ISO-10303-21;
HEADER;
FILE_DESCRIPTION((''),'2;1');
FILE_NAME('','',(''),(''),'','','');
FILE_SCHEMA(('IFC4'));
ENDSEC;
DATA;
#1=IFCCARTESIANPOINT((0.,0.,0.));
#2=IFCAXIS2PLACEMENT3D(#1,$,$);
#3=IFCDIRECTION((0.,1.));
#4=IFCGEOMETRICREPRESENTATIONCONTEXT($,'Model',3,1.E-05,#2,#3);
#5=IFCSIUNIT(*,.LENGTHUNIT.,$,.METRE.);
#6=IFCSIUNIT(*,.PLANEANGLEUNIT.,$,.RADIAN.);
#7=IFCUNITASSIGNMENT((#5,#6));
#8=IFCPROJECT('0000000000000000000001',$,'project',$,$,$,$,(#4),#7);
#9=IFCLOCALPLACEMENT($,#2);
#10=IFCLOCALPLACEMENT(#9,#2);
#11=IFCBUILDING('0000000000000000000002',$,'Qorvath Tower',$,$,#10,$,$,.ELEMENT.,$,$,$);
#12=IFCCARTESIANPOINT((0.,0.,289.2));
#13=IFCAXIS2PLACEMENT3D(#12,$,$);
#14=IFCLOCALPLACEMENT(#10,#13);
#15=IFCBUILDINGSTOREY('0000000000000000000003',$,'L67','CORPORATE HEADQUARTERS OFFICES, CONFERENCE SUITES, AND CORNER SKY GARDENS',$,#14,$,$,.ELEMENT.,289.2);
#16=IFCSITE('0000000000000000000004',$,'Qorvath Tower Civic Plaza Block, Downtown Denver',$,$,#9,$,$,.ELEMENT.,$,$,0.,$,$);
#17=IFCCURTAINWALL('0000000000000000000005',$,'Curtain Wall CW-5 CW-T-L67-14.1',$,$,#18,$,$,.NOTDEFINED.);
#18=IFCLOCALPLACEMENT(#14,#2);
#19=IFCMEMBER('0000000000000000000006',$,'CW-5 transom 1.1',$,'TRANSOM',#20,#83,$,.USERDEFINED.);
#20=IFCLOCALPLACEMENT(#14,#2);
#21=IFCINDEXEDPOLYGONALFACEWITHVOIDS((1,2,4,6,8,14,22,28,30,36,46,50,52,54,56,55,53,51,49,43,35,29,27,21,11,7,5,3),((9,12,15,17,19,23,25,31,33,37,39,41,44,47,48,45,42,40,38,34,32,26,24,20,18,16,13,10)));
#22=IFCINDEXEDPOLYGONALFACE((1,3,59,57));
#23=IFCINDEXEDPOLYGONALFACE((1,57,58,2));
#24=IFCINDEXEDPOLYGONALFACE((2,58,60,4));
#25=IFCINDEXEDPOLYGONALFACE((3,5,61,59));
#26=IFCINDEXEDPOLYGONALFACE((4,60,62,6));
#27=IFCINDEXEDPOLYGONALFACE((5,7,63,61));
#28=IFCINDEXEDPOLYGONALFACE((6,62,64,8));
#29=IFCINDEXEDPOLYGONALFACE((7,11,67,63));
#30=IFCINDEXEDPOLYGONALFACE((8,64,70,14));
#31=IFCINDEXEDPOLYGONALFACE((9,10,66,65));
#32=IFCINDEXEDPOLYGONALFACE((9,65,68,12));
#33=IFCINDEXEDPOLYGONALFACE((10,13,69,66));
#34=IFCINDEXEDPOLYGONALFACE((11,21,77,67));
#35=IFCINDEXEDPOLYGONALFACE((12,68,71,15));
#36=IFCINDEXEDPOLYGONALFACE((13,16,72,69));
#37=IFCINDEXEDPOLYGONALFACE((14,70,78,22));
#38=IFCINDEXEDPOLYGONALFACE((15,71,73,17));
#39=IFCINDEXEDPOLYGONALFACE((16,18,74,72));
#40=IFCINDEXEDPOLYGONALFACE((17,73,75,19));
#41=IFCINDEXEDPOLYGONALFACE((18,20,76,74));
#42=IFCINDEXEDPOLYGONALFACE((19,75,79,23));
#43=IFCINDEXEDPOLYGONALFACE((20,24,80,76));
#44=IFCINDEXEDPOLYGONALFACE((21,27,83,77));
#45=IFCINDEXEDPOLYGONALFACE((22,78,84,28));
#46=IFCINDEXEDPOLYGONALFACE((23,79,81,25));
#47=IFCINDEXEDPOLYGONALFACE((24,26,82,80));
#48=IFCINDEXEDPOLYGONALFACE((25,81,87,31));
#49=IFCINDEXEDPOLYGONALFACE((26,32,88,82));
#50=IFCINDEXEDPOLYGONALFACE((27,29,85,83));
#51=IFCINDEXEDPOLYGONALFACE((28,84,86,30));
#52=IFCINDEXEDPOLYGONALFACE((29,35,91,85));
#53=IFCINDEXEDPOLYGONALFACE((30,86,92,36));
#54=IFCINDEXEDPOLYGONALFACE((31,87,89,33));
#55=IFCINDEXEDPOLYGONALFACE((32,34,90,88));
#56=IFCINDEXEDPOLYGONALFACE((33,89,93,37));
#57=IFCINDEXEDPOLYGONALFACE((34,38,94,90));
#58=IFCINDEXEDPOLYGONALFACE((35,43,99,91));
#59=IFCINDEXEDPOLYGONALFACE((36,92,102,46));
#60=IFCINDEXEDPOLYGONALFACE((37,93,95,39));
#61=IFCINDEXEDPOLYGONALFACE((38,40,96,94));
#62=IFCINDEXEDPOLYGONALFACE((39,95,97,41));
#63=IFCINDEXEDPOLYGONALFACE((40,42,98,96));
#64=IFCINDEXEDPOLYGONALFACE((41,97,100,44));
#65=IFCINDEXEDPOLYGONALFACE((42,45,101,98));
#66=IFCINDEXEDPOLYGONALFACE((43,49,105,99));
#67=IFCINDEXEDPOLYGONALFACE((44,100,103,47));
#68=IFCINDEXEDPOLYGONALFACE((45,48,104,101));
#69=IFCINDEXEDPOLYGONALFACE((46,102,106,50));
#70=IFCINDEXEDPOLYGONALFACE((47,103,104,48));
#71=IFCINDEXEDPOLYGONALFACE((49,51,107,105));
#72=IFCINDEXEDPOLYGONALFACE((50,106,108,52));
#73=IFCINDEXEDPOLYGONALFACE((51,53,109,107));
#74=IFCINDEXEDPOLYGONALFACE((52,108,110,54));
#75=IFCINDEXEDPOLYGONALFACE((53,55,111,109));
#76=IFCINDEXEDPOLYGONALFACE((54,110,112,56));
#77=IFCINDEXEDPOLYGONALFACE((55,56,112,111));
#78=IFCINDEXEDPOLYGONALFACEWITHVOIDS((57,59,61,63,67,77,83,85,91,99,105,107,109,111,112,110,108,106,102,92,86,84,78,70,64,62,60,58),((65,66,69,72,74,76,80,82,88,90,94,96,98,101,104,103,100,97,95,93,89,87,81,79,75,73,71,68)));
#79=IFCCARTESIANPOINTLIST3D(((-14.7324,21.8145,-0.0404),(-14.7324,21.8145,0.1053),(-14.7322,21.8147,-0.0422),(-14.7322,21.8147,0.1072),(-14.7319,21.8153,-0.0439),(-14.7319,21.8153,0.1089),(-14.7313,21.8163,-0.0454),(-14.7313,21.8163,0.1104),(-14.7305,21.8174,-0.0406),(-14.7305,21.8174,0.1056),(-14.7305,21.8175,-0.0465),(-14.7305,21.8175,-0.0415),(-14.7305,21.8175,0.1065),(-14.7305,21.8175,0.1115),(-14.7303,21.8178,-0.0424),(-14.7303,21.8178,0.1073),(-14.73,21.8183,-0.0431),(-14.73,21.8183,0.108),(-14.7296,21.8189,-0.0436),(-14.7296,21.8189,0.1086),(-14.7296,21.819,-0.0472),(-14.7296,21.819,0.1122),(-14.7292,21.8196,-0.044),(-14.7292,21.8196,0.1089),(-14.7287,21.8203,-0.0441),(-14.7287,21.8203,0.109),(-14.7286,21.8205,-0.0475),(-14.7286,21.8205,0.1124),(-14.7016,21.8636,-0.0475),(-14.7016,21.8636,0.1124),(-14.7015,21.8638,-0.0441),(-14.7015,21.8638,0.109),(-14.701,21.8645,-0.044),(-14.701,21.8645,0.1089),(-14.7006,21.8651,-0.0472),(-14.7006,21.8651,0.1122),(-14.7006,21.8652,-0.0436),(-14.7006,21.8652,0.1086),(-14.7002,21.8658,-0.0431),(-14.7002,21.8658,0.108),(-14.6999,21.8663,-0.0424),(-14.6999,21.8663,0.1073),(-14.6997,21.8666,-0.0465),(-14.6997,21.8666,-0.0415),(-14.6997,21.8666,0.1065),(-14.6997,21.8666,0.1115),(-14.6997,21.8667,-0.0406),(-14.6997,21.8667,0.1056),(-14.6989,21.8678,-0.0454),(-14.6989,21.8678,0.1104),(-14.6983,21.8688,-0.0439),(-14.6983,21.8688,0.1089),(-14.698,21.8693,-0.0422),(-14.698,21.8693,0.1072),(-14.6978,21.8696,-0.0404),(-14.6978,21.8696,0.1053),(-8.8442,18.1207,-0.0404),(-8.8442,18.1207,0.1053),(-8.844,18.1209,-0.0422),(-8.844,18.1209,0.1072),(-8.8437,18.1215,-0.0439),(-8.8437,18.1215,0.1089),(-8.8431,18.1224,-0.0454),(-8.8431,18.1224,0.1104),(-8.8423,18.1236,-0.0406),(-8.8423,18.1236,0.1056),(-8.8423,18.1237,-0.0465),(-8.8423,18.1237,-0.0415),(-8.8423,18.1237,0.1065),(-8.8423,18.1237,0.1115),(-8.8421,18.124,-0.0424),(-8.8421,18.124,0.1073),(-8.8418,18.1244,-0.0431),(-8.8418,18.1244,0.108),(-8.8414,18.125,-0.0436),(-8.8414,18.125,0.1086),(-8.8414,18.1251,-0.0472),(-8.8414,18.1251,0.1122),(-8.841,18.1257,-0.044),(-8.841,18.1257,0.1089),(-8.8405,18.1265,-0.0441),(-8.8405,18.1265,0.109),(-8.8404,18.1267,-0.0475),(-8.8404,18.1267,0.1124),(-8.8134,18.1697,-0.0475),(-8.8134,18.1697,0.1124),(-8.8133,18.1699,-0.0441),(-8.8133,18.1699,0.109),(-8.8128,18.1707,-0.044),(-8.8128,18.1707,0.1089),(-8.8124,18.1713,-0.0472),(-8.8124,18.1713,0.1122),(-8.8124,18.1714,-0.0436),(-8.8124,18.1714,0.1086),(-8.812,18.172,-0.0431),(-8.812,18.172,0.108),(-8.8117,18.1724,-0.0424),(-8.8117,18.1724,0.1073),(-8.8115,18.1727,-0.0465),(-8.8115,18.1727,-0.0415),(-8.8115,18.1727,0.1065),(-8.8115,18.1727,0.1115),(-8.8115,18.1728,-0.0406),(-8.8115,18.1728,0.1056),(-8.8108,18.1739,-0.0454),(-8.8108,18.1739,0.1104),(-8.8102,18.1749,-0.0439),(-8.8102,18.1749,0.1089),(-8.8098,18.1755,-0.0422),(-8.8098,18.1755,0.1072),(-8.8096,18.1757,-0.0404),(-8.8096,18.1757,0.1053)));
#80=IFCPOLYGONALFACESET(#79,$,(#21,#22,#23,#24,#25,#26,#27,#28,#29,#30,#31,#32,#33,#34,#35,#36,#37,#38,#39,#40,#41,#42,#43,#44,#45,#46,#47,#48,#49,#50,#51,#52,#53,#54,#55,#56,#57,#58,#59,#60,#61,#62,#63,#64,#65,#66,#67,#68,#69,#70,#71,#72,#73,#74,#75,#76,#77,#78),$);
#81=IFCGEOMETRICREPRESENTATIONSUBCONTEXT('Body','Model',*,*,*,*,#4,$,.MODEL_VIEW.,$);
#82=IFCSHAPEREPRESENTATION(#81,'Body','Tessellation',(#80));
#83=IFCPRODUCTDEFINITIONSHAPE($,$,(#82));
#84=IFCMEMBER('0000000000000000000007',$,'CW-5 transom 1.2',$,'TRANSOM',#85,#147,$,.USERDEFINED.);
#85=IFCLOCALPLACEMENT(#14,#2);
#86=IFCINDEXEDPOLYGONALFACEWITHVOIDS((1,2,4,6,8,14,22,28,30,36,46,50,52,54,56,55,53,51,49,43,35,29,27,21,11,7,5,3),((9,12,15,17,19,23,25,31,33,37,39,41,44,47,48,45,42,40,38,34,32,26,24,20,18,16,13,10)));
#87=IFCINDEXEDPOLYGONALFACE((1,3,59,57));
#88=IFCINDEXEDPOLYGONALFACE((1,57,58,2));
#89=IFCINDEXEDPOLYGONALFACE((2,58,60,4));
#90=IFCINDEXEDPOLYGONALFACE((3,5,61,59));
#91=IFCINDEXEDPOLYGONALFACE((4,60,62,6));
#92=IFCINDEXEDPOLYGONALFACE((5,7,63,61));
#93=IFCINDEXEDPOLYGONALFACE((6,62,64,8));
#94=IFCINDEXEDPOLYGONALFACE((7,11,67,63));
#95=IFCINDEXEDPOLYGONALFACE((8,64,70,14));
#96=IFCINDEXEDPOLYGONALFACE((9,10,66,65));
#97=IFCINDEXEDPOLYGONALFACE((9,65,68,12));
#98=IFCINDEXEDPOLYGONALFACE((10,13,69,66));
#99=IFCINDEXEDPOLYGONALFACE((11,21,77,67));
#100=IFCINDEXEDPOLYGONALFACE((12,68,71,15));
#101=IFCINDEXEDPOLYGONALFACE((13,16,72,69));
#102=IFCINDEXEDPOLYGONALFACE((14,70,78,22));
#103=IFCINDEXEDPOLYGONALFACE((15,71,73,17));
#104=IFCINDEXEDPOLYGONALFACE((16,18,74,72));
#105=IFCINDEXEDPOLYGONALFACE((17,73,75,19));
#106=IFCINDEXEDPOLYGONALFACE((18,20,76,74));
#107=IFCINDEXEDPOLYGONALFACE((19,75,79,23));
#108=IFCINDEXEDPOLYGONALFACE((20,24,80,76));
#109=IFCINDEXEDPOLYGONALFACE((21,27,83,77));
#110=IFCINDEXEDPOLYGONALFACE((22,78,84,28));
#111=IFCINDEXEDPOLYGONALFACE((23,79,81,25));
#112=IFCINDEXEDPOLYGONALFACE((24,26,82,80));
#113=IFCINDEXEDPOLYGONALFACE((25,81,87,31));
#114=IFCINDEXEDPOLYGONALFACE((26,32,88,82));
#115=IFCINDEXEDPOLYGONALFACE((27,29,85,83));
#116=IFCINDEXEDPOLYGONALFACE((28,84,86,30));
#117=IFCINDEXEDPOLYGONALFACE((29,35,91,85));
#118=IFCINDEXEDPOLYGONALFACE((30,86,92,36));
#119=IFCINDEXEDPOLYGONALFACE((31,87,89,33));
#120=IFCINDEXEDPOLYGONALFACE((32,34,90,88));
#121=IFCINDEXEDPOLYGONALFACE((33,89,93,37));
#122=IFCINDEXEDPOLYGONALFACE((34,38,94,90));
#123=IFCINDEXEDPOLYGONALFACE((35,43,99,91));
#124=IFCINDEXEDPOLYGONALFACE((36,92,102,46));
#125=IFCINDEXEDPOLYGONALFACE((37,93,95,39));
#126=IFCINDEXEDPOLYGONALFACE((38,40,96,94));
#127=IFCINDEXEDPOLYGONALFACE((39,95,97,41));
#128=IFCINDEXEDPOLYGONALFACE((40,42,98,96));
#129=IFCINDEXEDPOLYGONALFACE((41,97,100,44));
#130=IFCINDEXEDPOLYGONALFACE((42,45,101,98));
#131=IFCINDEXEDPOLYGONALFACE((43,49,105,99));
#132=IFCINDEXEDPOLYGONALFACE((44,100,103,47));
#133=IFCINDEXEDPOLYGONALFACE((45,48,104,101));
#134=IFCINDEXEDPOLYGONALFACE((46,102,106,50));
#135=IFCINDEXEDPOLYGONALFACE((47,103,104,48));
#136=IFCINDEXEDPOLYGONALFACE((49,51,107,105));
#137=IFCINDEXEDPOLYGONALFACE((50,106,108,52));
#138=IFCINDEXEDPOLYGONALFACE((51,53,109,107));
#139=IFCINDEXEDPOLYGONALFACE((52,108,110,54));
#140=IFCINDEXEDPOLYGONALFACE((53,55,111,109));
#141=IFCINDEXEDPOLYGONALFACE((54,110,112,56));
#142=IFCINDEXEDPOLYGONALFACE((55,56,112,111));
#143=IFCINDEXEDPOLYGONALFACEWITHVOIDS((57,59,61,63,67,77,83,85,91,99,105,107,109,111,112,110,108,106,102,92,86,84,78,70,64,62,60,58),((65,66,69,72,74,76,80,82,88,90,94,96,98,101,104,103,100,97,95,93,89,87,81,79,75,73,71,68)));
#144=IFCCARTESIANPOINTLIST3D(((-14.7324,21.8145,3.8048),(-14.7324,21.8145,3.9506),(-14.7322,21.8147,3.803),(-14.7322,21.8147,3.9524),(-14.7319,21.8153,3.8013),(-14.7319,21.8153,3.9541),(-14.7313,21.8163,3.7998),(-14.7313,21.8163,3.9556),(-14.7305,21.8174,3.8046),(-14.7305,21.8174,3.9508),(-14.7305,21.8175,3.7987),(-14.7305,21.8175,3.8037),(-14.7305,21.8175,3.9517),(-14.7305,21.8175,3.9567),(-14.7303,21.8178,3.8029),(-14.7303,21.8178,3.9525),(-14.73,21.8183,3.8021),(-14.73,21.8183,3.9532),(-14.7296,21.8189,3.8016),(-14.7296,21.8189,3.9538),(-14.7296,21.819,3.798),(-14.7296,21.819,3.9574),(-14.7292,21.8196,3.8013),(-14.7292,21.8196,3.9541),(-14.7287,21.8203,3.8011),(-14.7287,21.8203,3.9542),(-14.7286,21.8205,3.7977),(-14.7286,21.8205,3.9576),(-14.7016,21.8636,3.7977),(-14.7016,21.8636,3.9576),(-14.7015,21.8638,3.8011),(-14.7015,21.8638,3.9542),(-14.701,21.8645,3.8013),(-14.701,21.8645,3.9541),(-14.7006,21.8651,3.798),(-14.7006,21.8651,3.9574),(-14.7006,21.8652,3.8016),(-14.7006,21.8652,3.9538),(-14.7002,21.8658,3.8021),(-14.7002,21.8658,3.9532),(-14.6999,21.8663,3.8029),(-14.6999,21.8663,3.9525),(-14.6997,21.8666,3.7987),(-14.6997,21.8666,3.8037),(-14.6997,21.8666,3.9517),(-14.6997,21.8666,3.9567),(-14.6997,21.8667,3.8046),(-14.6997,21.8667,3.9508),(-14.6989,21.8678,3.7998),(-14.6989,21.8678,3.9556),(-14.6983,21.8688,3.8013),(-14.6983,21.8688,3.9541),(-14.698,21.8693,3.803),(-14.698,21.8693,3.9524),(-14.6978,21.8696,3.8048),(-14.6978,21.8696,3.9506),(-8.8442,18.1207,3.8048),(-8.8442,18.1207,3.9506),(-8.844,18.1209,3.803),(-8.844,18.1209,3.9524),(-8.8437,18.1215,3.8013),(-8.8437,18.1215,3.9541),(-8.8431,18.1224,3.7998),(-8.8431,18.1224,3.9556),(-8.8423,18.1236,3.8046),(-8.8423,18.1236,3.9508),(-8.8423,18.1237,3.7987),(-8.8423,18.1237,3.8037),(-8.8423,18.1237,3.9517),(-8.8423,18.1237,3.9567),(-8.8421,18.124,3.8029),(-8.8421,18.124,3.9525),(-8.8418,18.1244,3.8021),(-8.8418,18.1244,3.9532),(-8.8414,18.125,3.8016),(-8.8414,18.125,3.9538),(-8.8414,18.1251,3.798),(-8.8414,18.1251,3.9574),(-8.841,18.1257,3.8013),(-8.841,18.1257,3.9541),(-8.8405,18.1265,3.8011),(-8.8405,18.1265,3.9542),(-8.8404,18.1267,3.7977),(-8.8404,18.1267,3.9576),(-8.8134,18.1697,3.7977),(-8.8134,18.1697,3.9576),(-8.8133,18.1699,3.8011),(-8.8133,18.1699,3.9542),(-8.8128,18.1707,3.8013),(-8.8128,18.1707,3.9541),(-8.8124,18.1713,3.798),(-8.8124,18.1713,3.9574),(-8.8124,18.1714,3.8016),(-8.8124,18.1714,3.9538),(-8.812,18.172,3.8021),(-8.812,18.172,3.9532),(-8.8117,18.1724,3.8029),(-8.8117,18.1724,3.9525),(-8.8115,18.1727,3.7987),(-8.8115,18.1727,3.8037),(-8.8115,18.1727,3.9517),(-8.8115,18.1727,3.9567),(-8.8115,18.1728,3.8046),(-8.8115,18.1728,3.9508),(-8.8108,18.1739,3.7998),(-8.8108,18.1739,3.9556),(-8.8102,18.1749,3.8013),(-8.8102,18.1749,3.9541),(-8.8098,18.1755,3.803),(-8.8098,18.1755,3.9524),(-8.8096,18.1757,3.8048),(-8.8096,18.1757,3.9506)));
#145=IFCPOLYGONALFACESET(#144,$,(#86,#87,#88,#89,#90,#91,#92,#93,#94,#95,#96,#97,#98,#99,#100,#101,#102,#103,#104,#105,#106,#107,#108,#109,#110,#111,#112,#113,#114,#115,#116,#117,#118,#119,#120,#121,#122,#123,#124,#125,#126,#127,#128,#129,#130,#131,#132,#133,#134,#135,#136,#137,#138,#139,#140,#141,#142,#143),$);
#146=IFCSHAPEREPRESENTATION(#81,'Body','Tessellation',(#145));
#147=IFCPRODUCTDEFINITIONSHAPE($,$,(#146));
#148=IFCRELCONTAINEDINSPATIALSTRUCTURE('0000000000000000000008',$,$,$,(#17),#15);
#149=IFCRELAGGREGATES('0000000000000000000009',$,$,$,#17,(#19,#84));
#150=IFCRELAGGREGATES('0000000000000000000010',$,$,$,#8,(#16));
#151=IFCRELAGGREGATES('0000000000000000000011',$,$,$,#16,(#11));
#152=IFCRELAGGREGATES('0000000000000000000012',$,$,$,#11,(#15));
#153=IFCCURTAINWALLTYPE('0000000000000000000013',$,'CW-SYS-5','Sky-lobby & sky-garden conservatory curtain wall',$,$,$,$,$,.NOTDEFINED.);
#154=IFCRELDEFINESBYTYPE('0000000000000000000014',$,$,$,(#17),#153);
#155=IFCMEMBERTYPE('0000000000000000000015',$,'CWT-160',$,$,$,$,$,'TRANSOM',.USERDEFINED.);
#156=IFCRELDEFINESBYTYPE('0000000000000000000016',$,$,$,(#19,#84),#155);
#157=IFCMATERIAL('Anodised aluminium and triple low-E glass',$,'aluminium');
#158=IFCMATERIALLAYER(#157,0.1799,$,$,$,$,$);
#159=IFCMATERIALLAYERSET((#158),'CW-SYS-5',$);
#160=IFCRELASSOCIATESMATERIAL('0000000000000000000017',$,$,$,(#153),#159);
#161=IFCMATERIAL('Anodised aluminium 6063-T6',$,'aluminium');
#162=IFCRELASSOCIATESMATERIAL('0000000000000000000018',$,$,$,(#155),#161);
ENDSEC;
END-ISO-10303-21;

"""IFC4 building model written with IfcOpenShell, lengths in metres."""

from ifc_helpers import new_model, si_unit, direction, frame, origin, origin_2d, place, context, subcontext, project, spatial, hollow_rectangle, extrude, material, layer, layer_set, material_profile, profile_set, type_object, element, aggregate, save


model = new_model("IFC4")

# Units and contexts
model_context = context("Model", 3, precision=1e-05, world=origin(), true_north=direction((0.0, 1.0)))
body_context = subcontext(model_context, "Body", "Model", "MODEL_VIEW")
ifc_project = project(units=[si_unit("LENGTHUNIT", "METRE"), si_unit("PLANEANGLEUNIT", "RADIAN")], contexts=[model_context])

# Site, building, storey
site_placement = place(None, origin())
site = spatial("IfcSite", under=ifc_project, at=site_placement, Name="Qorvath Tower Civic Plaza Block, Downtown Denver", CompositionType="ELEMENT", RefElevation=0.0)
building_placement = place(site_placement, origin())
building = spatial("IfcBuilding", under=site, at=building_placement, Name="Qorvath Tower", CompositionType="ELEMENT")
storey_placement = place(building_placement, frame((0.0, 0.0, 289.2)))
storey = spatial("IfcBuildingStorey", under=building, at=storey_placement, Name="L67", Description="CORPORATE HEADQUARTERS OFFICES, CONFERENCE SUITES, AND CORNER SKY GARDENS", CompositionType="ELEMENT", Elevation=289.2)

# Shared definitions
ifc_material_1 = material(Name="Anodised aluminium and triple low-E glass", Category="aluminium")
ifc_layer_1 = layer(ifc_material_1, 0.1799)
ifc_layer_set_1 = layer_set([ifc_layer_1], Name="CW-SYS-5")
curtain_wall_type = type_object("IfcCurtainWallType", Name="CW-SYS-5", Description="Sky-lobby & sky-garden conservatory curtain wall", PredefinedType="NOTDEFINED", material=ifc_layer_set_1)

# Curtain wall
curtain_wall_1_placement = place(storey_placement, origin())
curtain_wall_1 = element("IfcCurtainWall", 1, at=curtain_wall_1_placement, inside=storey, type_object=curtain_wall_type, Name="Curtain Wall CW-5 CW-T-L67-14.1", PredefinedType="NOTDEFINED")

# Members
ifc_material_2 = material(Name="Anodised aluminium 6063-T6", Category="aluminium")
ifc_material_profile_1 = material_profile(ifc_material_2, hollow_rectangle(XDim=0.0649, YDim=0.1599, WallThickness=0.0034, InnerFilletRadius=0.0034, OuterFilletRadius=0.0071, at=origin_2d()), Name="CWT 160x65")
ifc_profile_set_1 = profile_set([ifc_material_profile_1], Name="Anodised aluminium 6063-T6")
member_type_1 = type_object("IfcMemberType", Name="CWT-160", ElementType="TRANSOM", PredefinedType="USERDEFINED", material=ifc_profile_set_1)
member_1_placement = place(storey_placement, frame((-8.8269, 18.1482, 0.0325), z_axis=(-0.847109, 0.531419, 0.0), x_axis=(-0.531419, -0.847109, 0.0)))
member_1 = element("IfcMember", 2, at=member_1_placement, type_object=member_type_1, Name="CW-5 transom 1.1", ObjectType="TRANSOM", PredefinedType="USERDEFINED", context=body_context, shape_type="SweptSolid", body=[
    extrude(hollow_rectangle(XDim=0.0649, YDim=0.1599, WallThickness=0.0034, InnerFilletRadius=0.0034, OuterFilletRadius=0.0071, at=origin_2d()), origin(), (0.0, 0.0, 1.0), 6.9509),
])
member_2_placement = place(storey_placement, frame((-8.8269, 18.1482, 3.8777), z_axis=(-0.847109, 0.531419, 0.0), x_axis=(-0.531419, -0.847109, 0.0)))
member_2 = element("IfcMember", 3, at=member_2_placement, type_object=member_type_1, Name="CW-5 transom 1.2", ObjectType="TRANSOM", PredefinedType="USERDEFINED", context=body_context, shape_type="SweptSolid", body=[
    extrude(hollow_rectangle(XDim=0.0649, YDim=0.1599, WallThickness=0.0034, InnerFilletRadius=0.0034, OuterFilletRadius=0.0071, at=origin_2d()), origin(), (0.0, 0.0, 1.0), 6.9509),
])

aggregate(curtain_wall_1, [member_1, member_2])

save(model, "model.ifc")
